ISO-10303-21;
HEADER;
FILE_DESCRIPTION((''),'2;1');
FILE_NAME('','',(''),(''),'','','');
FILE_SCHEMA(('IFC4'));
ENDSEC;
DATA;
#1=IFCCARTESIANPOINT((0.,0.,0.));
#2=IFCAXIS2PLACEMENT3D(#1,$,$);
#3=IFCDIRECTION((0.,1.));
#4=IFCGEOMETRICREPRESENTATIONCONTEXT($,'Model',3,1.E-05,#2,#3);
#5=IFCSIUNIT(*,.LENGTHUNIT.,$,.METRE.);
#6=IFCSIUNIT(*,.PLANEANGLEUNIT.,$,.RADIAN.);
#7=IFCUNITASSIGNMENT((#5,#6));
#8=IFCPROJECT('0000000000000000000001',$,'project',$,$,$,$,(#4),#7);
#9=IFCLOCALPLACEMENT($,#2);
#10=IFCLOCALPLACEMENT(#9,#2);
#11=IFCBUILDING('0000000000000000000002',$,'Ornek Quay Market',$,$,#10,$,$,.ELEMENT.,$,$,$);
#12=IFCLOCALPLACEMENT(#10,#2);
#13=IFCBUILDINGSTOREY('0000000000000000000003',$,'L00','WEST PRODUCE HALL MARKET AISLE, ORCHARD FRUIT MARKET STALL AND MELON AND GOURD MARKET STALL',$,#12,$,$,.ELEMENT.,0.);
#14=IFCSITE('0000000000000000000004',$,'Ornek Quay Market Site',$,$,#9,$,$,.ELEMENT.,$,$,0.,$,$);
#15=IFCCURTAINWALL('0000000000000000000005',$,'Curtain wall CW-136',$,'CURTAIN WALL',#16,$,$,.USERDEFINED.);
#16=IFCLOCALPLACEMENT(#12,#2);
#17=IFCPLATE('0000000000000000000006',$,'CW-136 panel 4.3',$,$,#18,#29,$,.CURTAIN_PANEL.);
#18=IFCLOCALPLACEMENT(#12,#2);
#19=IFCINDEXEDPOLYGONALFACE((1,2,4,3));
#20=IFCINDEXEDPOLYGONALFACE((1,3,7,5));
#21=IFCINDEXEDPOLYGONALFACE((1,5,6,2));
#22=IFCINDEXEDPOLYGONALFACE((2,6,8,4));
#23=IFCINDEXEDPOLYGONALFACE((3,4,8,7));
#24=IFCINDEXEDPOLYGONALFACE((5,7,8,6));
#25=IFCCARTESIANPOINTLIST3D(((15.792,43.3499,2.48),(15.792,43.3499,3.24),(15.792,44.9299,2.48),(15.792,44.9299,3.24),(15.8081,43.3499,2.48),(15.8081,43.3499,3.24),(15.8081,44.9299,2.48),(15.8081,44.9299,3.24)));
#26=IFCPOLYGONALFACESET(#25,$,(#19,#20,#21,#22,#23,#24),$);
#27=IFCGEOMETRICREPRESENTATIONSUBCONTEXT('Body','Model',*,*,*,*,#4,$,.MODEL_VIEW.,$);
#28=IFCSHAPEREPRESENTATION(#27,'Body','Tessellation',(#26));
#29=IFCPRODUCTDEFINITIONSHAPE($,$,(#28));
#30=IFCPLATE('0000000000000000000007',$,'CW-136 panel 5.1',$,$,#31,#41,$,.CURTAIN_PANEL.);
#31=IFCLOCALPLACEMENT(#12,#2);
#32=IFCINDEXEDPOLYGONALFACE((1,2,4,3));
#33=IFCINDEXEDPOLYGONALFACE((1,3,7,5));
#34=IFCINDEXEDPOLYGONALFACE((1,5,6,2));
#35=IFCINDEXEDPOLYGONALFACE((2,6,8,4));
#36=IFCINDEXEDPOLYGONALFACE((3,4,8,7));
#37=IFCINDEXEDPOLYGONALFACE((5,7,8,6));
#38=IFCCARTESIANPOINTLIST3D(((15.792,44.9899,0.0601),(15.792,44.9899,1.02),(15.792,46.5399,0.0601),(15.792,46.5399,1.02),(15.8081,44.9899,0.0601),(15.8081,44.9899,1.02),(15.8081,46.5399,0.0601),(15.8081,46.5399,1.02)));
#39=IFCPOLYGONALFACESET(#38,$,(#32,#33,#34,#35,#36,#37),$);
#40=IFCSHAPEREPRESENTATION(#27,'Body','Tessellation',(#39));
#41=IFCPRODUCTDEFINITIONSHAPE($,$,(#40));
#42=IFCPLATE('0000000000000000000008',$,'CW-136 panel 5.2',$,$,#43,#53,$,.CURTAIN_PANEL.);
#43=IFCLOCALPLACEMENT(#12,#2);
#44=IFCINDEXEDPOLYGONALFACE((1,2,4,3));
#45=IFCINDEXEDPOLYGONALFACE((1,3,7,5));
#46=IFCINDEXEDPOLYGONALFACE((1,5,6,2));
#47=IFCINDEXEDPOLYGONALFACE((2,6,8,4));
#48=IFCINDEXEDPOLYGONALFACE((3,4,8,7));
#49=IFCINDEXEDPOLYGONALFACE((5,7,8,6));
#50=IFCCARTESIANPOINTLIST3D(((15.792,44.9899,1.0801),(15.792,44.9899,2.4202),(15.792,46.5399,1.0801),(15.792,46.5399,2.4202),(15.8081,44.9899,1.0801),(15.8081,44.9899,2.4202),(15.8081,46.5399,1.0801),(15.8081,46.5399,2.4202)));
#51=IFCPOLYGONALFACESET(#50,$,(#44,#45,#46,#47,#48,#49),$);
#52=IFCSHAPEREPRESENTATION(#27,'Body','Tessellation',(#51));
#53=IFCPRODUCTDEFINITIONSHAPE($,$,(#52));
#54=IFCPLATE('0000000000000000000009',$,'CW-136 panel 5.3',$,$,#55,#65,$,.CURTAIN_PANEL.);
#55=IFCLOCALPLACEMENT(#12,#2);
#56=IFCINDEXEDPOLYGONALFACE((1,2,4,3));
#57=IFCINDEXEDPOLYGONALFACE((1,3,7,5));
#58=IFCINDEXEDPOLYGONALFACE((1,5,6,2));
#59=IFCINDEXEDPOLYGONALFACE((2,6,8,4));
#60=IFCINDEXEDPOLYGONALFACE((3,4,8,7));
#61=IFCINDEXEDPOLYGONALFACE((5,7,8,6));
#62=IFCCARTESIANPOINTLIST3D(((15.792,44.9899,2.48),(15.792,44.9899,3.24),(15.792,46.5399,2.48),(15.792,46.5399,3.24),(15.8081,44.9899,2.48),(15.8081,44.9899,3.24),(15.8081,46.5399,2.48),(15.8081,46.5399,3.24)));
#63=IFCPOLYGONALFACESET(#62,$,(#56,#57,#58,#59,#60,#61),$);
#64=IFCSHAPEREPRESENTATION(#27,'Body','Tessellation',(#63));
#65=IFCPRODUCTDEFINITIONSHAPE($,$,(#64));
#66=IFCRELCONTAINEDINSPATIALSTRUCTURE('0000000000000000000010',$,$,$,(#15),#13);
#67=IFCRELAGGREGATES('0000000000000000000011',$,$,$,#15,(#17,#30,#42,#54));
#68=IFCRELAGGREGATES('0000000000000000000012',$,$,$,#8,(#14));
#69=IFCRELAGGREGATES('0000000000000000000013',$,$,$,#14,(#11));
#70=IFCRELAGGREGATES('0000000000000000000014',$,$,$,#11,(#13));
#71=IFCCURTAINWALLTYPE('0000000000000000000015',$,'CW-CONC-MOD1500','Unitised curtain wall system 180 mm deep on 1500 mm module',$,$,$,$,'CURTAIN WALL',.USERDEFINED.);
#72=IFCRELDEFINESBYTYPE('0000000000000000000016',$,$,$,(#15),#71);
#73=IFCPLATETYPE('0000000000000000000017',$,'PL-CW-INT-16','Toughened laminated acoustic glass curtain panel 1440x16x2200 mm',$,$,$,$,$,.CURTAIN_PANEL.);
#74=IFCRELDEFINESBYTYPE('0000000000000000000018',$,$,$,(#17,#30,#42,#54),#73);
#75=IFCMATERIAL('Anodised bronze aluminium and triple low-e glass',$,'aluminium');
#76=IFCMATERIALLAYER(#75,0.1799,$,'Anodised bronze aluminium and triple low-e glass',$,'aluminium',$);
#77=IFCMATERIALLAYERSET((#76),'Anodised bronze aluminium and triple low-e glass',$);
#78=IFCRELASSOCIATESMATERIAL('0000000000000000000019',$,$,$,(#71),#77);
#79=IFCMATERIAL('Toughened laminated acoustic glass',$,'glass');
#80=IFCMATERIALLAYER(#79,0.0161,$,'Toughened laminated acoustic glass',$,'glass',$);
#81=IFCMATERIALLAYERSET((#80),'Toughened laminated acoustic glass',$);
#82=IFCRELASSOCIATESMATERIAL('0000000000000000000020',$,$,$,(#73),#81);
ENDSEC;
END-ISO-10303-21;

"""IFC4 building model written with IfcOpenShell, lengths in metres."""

from ifc_helpers import new_model, si_unit, direction, frame, origin, origin_2d, place, context, subcontext, project, spatial, rectangle, extrude, material, layer, layer_set, type_object, element, aggregate, save


model = new_model("IFC4")

# Units and contexts
model_context = context("Model", 3, precision=1e-05, world=origin(), true_north=direction((0.0, 1.0)))
body_context = subcontext(model_context, "Body", "Model", "MODEL_VIEW")
ifc_project = project(units=[si_unit("LENGTHUNIT", "METRE"), si_unit("PLANEANGLEUNIT", "RADIAN")], contexts=[model_context])

# Site, building, storey
site_placement = place(None, origin())
site = spatial("IfcSite", under=ifc_project, at=site_placement, Name="Ornek Quay Market Site", CompositionType="ELEMENT", RefElevation=0.0)
building_placement = place(site_placement, origin())
building = spatial("IfcBuilding", under=site, at=building_placement, Name="Ornek Quay Market", CompositionType="ELEMENT")
storey_placement = place(building_placement, origin())
storey = spatial("IfcBuildingStorey", under=building, at=storey_placement, Name="L00", Description="WEST PRODUCE HALL MARKET AISLE, ORCHARD FRUIT MARKET STALL AND MELON AND GOURD MARKET STALL", CompositionType="ELEMENT", Elevation=0.0)

# Curtain wall
ifc_material_1 = material(Name="Anodised bronze aluminium and triple low-e glass", Category="aluminium")
ifc_layer_1 = layer(ifc_material_1, 0.1799, Name="Anodised bronze aluminium and triple low-e glass", Category="aluminium")
ifc_layer_set_1 = layer_set([ifc_layer_1], Name="Anodised bronze aluminium and triple low-e glass")
curtain_wall_type = type_object("IfcCurtainWallType", Name="CW-CONC-MOD1500", Description="Unitised curtain wall system 180 mm deep on 1500 mm module", ElementType="CURTAIN WALL", PredefinedType="USERDEFINED", material=ifc_layer_set_1)
curtain_wall_1_placement = place(storey_placement, origin())
curtain_wall_1 = element("IfcCurtainWall", 1, at=curtain_wall_1_placement, inside=storey, type_object=curtain_wall_type, Name="Curtain wall CW-136", ObjectType="CURTAIN WALL", PredefinedType="USERDEFINED")

# Plates
ifc_material_2 = material(Name="Toughened laminated acoustic glass", Category="glass")
ifc_layer_2 = layer(ifc_material_2, 0.0161, Name="Toughened laminated acoustic glass", Category="glass")
ifc_layer_set_2 = layer_set([ifc_layer_2], Name="Toughened laminated acoustic glass")
plate_type = type_object("IfcPlateType", Name="PL-CW-INT-16", Description="Toughened laminated acoustic glass curtain panel 1440x16x2200 mm", PredefinedType="CURTAIN_PANEL", material=ifc_layer_set_2)
plate_1_placement = place(storey_placement, frame((15.8, 44.1399, 2.48), z_axis=(0.0, 0.0, 1.0), x_axis=(0.0, 1.0, 0.0)))
plate_1 = element("IfcPlate", 2, at=plate_1_placement, type_object=plate_type, Name="CW-136 panel 4.3", PredefinedType="CURTAIN_PANEL", context=body_context, shape_type="SweptSolid", body=[
    extrude(rectangle(XDim=1.5801, YDim=0.0161, at=origin_2d()), origin(), (0.0, 0.0, 1.0), 0.76),
])
plate_2_placement = place(storey_placement, frame((15.8, 45.7649, 0.0601), z_axis=(0.0, 0.0, 1.0), x_axis=(0.0, 1.0, 0.0)))
plate_2 = element("IfcPlate", 3, at=plate_2_placement, type_object=plate_type, Name="CW-136 panel 5.1", PredefinedType="CURTAIN_PANEL", context=body_context, shape_type="SweptSolid", body=[
    extrude(rectangle(XDim=1.55, YDim=0.0161, at=origin_2d()), origin(), (0.0, 0.0, 1.0), 0.96),
])
plate_3_placement = place(storey_placement, frame((15.8, 45.7649, 1.0801), z_axis=(0.0, 0.0, 1.0), x_axis=(0.0, 1.0, 0.0)))
plate_3 = element("IfcPlate", 4, at=plate_3_placement, type_object=plate_type, Name="CW-136 panel 5.2", PredefinedType="CURTAIN_PANEL", context=body_context, shape_type="SweptSolid", body=[
    extrude(rectangle(XDim=1.55, YDim=0.0161, at=origin_2d()), origin(), (0.0, 0.0, 1.0), 1.3401),
])
plate_4_placement = place(storey_placement, frame((15.8, 45.7649, 2.48), z_axis=(0.0, 0.0, 1.0), x_axis=(0.0, 1.0, 0.0)))
plate_4 = element("IfcPlate", 5, at=plate_4_placement, type_object=plate_type, Name="CW-136 panel 5.3", PredefinedType="CURTAIN_PANEL", context=body_context, shape_type="SweptSolid", body=[
    extrude(rectangle(XDim=1.55, YDim=0.0161, at=origin_2d()), origin(), (0.0, 0.0, 1.0), 0.76),
])
aggregate(curtain_wall_1, [plate_1, plate_2, plate_3, plate_4])

save(model, "model.ifc")
